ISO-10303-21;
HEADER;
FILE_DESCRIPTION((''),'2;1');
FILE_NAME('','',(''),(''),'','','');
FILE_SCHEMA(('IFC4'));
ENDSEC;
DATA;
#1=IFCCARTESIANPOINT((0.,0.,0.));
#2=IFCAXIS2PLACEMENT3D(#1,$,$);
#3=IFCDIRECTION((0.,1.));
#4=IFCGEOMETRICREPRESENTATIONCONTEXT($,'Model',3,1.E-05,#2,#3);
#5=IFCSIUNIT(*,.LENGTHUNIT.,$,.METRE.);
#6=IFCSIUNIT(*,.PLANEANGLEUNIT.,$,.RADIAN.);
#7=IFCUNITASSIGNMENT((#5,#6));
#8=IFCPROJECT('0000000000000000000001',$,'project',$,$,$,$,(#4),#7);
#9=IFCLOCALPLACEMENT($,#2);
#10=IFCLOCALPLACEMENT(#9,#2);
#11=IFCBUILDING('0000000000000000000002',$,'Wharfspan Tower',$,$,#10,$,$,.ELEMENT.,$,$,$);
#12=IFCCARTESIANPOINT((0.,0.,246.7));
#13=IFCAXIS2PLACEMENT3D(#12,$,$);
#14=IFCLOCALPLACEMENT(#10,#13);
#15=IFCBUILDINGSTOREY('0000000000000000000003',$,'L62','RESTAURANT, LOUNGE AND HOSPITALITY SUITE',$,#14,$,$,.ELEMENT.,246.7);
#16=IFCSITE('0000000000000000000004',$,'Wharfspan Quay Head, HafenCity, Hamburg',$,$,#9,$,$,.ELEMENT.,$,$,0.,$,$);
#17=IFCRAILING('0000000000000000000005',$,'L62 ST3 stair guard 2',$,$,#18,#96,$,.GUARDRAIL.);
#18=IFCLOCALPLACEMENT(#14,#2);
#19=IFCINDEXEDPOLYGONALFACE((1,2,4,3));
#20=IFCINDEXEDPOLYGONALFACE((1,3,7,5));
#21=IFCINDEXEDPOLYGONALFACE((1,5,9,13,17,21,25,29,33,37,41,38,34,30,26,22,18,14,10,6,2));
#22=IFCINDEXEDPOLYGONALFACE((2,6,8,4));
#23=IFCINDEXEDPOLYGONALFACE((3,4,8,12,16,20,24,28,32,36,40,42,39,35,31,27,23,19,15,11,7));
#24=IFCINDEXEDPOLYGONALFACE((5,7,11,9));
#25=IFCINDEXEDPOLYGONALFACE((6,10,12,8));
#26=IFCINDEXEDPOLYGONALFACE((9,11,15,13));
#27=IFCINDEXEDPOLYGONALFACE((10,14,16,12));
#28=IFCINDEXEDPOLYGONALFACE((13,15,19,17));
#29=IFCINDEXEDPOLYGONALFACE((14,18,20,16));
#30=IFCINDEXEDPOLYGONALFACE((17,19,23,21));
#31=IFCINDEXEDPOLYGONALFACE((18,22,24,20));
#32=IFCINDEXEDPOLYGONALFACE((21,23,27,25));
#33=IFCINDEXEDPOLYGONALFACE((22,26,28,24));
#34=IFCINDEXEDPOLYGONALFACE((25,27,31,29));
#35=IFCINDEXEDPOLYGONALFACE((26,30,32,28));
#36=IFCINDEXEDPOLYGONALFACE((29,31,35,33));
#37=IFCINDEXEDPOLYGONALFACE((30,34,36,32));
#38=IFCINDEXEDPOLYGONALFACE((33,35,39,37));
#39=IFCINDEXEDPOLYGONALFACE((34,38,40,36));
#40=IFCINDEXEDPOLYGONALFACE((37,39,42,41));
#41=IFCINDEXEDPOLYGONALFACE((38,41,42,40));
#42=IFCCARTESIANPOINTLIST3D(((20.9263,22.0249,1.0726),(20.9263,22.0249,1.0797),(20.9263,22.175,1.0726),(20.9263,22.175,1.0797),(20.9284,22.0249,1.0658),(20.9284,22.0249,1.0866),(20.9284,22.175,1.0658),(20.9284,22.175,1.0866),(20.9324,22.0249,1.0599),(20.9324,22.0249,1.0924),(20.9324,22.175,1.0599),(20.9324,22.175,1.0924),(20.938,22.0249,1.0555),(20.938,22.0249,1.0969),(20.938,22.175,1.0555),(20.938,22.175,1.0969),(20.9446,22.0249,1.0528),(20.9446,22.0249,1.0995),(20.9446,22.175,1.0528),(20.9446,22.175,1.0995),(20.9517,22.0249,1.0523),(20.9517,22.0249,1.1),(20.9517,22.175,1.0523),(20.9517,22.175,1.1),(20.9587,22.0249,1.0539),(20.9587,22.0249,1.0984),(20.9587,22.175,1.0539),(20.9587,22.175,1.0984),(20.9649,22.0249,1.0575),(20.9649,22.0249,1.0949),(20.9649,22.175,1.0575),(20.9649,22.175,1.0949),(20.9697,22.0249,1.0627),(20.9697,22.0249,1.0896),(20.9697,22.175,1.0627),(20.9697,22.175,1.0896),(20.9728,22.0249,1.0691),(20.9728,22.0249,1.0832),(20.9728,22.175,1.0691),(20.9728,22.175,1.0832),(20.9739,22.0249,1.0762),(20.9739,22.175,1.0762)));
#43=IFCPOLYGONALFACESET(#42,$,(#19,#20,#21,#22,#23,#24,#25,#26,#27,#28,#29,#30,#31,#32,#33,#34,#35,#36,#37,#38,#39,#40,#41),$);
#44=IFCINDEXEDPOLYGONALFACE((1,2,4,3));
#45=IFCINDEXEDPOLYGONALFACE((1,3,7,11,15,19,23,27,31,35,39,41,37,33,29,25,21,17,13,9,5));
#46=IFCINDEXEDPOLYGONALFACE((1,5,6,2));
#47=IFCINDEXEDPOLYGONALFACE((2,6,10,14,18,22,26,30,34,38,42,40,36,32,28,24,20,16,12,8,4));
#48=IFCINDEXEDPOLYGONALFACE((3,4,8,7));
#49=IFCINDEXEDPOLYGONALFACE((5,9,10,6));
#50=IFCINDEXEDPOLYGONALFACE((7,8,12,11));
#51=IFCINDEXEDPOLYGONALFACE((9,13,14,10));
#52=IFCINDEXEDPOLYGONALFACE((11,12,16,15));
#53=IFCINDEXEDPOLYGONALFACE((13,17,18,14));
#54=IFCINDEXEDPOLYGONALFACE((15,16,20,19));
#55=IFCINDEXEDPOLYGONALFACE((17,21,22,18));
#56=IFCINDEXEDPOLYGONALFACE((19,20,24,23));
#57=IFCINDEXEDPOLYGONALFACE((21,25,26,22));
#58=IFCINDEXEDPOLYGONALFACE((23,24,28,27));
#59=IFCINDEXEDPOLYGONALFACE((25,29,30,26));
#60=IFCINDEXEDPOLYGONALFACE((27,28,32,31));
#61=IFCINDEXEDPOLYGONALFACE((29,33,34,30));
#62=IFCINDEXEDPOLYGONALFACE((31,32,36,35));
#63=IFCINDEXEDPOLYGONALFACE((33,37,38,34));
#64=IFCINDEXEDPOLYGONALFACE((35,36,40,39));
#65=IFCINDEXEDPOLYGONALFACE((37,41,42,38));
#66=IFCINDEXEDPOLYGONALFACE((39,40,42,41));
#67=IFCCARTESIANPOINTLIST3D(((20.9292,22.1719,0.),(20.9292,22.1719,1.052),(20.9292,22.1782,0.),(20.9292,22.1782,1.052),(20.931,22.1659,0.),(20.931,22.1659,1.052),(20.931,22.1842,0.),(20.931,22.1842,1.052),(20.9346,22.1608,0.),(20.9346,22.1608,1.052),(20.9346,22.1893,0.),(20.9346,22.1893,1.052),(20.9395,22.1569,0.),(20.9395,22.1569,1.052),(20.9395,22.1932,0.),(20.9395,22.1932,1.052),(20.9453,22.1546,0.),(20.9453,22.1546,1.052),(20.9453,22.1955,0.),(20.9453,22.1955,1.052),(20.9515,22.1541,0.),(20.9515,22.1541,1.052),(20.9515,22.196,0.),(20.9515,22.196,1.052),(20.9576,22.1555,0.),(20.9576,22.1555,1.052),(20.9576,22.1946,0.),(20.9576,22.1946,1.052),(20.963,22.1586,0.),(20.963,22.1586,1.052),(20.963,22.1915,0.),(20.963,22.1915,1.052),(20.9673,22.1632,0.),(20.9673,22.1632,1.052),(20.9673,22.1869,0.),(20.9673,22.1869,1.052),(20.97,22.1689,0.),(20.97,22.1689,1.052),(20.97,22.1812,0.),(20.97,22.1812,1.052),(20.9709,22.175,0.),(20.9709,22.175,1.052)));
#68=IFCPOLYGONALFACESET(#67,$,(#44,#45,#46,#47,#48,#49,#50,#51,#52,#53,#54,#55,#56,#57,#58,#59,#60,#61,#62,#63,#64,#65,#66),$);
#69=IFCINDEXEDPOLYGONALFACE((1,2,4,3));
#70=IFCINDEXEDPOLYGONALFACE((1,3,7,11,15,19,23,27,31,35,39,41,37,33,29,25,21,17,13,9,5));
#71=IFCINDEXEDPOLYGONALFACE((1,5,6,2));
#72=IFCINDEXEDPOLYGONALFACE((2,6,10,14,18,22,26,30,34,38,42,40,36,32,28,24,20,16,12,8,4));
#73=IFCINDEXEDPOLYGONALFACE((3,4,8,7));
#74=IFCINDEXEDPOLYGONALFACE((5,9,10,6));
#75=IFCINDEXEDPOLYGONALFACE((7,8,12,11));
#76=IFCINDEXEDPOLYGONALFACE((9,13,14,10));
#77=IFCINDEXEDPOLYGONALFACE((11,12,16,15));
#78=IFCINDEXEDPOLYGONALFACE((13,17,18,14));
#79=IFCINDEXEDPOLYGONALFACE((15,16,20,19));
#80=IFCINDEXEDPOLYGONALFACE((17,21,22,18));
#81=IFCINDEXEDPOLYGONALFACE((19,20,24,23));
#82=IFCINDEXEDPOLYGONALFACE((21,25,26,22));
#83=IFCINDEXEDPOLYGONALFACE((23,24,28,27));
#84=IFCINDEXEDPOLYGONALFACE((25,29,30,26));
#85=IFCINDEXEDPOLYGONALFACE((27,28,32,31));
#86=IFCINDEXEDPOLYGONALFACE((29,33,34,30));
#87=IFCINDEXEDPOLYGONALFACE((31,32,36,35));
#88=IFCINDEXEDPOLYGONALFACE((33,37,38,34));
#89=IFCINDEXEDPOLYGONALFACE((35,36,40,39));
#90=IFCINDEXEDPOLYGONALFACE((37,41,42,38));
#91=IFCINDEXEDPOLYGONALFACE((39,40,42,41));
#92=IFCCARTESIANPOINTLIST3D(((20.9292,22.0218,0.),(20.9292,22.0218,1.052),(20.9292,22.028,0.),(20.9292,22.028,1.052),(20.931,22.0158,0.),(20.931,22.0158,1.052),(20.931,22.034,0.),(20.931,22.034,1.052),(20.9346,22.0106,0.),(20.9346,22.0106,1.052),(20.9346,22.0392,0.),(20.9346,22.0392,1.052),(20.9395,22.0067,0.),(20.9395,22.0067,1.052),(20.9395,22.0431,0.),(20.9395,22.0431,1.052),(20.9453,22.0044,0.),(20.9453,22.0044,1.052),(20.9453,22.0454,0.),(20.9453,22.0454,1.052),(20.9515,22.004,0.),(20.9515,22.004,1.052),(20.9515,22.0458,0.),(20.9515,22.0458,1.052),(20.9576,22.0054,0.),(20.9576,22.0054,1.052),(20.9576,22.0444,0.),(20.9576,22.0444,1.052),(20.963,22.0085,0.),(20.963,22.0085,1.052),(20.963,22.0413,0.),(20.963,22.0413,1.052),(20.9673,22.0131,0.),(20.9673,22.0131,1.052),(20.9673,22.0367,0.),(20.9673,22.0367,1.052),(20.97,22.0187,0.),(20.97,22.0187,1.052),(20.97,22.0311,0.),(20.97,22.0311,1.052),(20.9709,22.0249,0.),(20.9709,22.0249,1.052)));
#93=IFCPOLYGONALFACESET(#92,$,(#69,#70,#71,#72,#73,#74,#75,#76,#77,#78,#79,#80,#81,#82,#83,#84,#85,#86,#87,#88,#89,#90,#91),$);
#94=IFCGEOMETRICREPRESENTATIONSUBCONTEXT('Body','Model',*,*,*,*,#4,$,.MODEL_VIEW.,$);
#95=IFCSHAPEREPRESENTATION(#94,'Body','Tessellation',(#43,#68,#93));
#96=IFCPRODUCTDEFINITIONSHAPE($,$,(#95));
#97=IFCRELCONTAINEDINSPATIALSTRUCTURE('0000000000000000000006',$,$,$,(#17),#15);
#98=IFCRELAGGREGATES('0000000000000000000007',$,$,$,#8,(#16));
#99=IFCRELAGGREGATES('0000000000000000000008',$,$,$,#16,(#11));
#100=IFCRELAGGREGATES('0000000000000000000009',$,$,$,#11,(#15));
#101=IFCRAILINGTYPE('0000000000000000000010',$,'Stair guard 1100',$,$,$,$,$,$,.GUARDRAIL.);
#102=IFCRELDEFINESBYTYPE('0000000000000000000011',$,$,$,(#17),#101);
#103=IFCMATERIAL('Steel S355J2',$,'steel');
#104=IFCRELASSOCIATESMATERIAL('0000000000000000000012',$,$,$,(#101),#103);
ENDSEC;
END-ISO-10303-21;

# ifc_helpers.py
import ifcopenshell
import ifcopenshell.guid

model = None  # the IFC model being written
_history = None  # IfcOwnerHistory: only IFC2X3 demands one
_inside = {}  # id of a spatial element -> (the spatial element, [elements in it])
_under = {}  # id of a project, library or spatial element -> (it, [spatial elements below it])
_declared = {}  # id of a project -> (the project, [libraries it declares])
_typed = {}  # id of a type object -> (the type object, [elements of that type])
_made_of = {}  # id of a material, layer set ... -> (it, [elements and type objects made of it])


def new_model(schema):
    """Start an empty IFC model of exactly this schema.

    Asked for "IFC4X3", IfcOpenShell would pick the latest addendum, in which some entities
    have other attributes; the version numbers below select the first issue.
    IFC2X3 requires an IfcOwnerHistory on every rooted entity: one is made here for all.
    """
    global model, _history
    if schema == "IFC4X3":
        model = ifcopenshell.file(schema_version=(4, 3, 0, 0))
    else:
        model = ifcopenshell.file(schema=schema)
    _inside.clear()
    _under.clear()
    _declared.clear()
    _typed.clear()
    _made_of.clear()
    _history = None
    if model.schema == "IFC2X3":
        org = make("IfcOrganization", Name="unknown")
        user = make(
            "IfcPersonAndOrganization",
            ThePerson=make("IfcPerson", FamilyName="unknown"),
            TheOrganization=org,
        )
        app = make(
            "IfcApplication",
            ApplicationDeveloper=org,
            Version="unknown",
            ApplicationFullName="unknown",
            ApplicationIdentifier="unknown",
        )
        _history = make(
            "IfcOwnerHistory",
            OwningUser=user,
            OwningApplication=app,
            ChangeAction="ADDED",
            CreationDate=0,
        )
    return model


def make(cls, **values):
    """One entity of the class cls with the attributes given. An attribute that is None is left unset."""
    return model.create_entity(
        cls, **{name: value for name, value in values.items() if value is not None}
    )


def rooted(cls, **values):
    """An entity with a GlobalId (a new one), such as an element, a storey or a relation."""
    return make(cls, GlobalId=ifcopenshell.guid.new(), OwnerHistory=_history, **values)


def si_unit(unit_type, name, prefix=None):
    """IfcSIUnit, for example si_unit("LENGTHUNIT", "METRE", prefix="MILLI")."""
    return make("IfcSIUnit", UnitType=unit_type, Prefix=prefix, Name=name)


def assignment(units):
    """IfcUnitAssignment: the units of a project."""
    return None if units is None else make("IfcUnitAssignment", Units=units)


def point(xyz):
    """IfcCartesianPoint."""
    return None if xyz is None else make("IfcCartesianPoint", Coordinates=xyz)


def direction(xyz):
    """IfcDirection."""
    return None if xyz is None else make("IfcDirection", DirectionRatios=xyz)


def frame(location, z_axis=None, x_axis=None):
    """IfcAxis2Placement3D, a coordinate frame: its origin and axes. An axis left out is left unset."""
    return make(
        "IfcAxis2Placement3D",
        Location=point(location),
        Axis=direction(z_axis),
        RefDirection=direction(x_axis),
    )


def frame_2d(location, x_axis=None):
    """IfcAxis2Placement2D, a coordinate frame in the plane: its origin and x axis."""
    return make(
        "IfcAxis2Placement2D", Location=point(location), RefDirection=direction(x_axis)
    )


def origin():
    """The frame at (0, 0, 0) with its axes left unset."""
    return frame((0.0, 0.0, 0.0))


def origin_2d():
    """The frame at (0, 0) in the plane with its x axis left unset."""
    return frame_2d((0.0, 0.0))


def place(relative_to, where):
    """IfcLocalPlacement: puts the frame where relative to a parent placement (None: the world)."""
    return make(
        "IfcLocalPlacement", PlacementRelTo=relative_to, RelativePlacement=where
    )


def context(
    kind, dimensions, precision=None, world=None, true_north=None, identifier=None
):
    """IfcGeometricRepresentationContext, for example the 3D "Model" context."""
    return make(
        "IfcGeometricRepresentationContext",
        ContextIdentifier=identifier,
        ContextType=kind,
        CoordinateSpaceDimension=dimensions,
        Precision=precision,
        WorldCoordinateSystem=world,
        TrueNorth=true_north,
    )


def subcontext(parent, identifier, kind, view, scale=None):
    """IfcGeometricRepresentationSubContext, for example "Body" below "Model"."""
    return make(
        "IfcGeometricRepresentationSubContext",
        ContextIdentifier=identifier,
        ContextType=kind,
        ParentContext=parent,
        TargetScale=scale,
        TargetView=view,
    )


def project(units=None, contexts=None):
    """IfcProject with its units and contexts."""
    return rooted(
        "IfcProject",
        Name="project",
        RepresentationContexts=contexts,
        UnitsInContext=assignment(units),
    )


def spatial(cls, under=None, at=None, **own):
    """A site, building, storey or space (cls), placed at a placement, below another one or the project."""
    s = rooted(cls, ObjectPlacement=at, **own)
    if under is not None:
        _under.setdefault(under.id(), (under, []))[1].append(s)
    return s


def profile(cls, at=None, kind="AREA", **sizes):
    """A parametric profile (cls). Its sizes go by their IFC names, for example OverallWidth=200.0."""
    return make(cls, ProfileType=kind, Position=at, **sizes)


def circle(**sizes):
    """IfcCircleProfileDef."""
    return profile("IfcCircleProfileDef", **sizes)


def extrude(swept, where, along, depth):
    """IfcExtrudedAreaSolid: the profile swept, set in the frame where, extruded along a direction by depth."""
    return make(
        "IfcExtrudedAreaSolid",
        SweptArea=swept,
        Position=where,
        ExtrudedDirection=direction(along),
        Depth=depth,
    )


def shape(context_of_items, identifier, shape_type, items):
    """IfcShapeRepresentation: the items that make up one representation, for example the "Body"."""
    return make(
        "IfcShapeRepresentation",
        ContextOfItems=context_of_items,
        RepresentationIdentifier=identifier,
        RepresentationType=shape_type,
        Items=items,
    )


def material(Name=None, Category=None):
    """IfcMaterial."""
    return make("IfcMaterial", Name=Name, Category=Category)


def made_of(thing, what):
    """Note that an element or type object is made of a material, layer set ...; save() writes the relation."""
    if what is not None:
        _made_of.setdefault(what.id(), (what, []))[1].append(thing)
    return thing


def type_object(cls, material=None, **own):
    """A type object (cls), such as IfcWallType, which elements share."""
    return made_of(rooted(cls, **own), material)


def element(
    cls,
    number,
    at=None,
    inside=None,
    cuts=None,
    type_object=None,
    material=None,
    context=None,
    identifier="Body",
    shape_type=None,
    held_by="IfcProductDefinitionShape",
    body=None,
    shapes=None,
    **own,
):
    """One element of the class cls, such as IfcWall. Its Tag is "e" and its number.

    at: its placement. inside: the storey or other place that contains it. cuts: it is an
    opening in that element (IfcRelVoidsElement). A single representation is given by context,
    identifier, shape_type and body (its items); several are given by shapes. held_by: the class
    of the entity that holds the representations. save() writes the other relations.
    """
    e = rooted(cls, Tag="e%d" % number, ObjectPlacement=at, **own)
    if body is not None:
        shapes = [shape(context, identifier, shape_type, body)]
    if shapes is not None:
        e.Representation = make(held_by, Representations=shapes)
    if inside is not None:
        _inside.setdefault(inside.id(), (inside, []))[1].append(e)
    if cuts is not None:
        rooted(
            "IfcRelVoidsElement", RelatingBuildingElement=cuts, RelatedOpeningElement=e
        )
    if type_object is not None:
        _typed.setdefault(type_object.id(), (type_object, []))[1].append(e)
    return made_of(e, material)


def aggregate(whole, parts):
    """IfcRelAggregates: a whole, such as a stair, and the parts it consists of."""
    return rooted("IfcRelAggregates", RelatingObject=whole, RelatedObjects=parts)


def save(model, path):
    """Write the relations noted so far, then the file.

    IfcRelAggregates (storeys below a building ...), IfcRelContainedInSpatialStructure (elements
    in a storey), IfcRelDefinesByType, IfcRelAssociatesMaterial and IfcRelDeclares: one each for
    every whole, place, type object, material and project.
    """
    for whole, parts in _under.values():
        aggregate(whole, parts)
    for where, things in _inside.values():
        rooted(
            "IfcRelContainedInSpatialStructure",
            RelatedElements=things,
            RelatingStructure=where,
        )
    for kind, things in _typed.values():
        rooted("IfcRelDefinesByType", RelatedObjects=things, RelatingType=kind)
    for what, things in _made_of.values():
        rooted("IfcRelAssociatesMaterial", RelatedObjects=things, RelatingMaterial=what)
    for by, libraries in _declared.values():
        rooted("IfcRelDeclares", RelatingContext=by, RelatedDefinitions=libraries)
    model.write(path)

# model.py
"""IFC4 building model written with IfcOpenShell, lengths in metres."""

from ifc_helpers import new_model, si_unit, direction, frame, origin, origin_2d, place, context, subcontext, project, spatial, circle, extrude, material, type_object, element, save


model = new_model("IFC4")

# Units and contexts
model_context = context("Model", 3, precision=1e-05, world=origin(), true_north=direction((0.0, 1.0)))
body_context = subcontext(model_context, "Body", "Model", "MODEL_VIEW")
ifc_project = project(units=[si_unit("LENGTHUNIT", "METRE"), si_unit("PLANEANGLEUNIT", "RADIAN")], contexts=[model_context])

# Site, building, storey
site_placement = place(None, origin())
site = spatial("IfcSite", under=ifc_project, at=site_placement, Name="Wharfspan Quay Head, HafenCity, Hamburg", CompositionType="ELEMENT", RefElevation=0.0)
building_placement = place(site_placement, origin())
building = spatial("IfcBuilding", under=site, at=building_placement, Name="Wharfspan Tower", CompositionType="ELEMENT")
storey_placement = place(building_placement, frame((0.0, 0.0, 246.7)))
storey = spatial("IfcBuildingStorey", under=building, at=storey_placement, Name="L62", Description="RESTAURANT, LOUNGE AND HOSPITALITY SUITE", CompositionType="ELEMENT", Elevation=246.7)

# Shared definitions
ifc_material_1 = material(Name="Steel S355J2", Category="steel")

# Railing
railing_type_1 = type_object("IfcRailingType", Name="Stair guard 1100", PredefinedType="GUARDRAIL", material=ifc_material_1)
railing_1_placement = place(storey_placement, frame((20.95, 22.175, 0.0)))
element("IfcRailing", 1, at=railing_1_placement, inside=storey, type_object=railing_type_1, Name="L62 ST3 stair guard 2", PredefinedType="GUARDRAIL", context=body_context, shape_type="SweptSolid", body=[
    extrude(circle(Radius=0.0239, at=origin_2d()), frame((0.0, 0.0, 1.0762), z_axis=(0.0, -1.0, 0.0), x_axis=(1.0, 0.0, 0.0)), (0.0, 0.0, 1.0), 0.1501),
    extrude(circle(Radius=0.021, at=origin_2d()), origin(), (0.0, 0.0, 1.0), 1.052),
    extrude(circle(Radius=0.021, at=origin_2d()), frame((0.0, -0.1501, 0.0)), (0.0, 0.0, 1.0), 1.052),
])

save(model, "model.ifc")
